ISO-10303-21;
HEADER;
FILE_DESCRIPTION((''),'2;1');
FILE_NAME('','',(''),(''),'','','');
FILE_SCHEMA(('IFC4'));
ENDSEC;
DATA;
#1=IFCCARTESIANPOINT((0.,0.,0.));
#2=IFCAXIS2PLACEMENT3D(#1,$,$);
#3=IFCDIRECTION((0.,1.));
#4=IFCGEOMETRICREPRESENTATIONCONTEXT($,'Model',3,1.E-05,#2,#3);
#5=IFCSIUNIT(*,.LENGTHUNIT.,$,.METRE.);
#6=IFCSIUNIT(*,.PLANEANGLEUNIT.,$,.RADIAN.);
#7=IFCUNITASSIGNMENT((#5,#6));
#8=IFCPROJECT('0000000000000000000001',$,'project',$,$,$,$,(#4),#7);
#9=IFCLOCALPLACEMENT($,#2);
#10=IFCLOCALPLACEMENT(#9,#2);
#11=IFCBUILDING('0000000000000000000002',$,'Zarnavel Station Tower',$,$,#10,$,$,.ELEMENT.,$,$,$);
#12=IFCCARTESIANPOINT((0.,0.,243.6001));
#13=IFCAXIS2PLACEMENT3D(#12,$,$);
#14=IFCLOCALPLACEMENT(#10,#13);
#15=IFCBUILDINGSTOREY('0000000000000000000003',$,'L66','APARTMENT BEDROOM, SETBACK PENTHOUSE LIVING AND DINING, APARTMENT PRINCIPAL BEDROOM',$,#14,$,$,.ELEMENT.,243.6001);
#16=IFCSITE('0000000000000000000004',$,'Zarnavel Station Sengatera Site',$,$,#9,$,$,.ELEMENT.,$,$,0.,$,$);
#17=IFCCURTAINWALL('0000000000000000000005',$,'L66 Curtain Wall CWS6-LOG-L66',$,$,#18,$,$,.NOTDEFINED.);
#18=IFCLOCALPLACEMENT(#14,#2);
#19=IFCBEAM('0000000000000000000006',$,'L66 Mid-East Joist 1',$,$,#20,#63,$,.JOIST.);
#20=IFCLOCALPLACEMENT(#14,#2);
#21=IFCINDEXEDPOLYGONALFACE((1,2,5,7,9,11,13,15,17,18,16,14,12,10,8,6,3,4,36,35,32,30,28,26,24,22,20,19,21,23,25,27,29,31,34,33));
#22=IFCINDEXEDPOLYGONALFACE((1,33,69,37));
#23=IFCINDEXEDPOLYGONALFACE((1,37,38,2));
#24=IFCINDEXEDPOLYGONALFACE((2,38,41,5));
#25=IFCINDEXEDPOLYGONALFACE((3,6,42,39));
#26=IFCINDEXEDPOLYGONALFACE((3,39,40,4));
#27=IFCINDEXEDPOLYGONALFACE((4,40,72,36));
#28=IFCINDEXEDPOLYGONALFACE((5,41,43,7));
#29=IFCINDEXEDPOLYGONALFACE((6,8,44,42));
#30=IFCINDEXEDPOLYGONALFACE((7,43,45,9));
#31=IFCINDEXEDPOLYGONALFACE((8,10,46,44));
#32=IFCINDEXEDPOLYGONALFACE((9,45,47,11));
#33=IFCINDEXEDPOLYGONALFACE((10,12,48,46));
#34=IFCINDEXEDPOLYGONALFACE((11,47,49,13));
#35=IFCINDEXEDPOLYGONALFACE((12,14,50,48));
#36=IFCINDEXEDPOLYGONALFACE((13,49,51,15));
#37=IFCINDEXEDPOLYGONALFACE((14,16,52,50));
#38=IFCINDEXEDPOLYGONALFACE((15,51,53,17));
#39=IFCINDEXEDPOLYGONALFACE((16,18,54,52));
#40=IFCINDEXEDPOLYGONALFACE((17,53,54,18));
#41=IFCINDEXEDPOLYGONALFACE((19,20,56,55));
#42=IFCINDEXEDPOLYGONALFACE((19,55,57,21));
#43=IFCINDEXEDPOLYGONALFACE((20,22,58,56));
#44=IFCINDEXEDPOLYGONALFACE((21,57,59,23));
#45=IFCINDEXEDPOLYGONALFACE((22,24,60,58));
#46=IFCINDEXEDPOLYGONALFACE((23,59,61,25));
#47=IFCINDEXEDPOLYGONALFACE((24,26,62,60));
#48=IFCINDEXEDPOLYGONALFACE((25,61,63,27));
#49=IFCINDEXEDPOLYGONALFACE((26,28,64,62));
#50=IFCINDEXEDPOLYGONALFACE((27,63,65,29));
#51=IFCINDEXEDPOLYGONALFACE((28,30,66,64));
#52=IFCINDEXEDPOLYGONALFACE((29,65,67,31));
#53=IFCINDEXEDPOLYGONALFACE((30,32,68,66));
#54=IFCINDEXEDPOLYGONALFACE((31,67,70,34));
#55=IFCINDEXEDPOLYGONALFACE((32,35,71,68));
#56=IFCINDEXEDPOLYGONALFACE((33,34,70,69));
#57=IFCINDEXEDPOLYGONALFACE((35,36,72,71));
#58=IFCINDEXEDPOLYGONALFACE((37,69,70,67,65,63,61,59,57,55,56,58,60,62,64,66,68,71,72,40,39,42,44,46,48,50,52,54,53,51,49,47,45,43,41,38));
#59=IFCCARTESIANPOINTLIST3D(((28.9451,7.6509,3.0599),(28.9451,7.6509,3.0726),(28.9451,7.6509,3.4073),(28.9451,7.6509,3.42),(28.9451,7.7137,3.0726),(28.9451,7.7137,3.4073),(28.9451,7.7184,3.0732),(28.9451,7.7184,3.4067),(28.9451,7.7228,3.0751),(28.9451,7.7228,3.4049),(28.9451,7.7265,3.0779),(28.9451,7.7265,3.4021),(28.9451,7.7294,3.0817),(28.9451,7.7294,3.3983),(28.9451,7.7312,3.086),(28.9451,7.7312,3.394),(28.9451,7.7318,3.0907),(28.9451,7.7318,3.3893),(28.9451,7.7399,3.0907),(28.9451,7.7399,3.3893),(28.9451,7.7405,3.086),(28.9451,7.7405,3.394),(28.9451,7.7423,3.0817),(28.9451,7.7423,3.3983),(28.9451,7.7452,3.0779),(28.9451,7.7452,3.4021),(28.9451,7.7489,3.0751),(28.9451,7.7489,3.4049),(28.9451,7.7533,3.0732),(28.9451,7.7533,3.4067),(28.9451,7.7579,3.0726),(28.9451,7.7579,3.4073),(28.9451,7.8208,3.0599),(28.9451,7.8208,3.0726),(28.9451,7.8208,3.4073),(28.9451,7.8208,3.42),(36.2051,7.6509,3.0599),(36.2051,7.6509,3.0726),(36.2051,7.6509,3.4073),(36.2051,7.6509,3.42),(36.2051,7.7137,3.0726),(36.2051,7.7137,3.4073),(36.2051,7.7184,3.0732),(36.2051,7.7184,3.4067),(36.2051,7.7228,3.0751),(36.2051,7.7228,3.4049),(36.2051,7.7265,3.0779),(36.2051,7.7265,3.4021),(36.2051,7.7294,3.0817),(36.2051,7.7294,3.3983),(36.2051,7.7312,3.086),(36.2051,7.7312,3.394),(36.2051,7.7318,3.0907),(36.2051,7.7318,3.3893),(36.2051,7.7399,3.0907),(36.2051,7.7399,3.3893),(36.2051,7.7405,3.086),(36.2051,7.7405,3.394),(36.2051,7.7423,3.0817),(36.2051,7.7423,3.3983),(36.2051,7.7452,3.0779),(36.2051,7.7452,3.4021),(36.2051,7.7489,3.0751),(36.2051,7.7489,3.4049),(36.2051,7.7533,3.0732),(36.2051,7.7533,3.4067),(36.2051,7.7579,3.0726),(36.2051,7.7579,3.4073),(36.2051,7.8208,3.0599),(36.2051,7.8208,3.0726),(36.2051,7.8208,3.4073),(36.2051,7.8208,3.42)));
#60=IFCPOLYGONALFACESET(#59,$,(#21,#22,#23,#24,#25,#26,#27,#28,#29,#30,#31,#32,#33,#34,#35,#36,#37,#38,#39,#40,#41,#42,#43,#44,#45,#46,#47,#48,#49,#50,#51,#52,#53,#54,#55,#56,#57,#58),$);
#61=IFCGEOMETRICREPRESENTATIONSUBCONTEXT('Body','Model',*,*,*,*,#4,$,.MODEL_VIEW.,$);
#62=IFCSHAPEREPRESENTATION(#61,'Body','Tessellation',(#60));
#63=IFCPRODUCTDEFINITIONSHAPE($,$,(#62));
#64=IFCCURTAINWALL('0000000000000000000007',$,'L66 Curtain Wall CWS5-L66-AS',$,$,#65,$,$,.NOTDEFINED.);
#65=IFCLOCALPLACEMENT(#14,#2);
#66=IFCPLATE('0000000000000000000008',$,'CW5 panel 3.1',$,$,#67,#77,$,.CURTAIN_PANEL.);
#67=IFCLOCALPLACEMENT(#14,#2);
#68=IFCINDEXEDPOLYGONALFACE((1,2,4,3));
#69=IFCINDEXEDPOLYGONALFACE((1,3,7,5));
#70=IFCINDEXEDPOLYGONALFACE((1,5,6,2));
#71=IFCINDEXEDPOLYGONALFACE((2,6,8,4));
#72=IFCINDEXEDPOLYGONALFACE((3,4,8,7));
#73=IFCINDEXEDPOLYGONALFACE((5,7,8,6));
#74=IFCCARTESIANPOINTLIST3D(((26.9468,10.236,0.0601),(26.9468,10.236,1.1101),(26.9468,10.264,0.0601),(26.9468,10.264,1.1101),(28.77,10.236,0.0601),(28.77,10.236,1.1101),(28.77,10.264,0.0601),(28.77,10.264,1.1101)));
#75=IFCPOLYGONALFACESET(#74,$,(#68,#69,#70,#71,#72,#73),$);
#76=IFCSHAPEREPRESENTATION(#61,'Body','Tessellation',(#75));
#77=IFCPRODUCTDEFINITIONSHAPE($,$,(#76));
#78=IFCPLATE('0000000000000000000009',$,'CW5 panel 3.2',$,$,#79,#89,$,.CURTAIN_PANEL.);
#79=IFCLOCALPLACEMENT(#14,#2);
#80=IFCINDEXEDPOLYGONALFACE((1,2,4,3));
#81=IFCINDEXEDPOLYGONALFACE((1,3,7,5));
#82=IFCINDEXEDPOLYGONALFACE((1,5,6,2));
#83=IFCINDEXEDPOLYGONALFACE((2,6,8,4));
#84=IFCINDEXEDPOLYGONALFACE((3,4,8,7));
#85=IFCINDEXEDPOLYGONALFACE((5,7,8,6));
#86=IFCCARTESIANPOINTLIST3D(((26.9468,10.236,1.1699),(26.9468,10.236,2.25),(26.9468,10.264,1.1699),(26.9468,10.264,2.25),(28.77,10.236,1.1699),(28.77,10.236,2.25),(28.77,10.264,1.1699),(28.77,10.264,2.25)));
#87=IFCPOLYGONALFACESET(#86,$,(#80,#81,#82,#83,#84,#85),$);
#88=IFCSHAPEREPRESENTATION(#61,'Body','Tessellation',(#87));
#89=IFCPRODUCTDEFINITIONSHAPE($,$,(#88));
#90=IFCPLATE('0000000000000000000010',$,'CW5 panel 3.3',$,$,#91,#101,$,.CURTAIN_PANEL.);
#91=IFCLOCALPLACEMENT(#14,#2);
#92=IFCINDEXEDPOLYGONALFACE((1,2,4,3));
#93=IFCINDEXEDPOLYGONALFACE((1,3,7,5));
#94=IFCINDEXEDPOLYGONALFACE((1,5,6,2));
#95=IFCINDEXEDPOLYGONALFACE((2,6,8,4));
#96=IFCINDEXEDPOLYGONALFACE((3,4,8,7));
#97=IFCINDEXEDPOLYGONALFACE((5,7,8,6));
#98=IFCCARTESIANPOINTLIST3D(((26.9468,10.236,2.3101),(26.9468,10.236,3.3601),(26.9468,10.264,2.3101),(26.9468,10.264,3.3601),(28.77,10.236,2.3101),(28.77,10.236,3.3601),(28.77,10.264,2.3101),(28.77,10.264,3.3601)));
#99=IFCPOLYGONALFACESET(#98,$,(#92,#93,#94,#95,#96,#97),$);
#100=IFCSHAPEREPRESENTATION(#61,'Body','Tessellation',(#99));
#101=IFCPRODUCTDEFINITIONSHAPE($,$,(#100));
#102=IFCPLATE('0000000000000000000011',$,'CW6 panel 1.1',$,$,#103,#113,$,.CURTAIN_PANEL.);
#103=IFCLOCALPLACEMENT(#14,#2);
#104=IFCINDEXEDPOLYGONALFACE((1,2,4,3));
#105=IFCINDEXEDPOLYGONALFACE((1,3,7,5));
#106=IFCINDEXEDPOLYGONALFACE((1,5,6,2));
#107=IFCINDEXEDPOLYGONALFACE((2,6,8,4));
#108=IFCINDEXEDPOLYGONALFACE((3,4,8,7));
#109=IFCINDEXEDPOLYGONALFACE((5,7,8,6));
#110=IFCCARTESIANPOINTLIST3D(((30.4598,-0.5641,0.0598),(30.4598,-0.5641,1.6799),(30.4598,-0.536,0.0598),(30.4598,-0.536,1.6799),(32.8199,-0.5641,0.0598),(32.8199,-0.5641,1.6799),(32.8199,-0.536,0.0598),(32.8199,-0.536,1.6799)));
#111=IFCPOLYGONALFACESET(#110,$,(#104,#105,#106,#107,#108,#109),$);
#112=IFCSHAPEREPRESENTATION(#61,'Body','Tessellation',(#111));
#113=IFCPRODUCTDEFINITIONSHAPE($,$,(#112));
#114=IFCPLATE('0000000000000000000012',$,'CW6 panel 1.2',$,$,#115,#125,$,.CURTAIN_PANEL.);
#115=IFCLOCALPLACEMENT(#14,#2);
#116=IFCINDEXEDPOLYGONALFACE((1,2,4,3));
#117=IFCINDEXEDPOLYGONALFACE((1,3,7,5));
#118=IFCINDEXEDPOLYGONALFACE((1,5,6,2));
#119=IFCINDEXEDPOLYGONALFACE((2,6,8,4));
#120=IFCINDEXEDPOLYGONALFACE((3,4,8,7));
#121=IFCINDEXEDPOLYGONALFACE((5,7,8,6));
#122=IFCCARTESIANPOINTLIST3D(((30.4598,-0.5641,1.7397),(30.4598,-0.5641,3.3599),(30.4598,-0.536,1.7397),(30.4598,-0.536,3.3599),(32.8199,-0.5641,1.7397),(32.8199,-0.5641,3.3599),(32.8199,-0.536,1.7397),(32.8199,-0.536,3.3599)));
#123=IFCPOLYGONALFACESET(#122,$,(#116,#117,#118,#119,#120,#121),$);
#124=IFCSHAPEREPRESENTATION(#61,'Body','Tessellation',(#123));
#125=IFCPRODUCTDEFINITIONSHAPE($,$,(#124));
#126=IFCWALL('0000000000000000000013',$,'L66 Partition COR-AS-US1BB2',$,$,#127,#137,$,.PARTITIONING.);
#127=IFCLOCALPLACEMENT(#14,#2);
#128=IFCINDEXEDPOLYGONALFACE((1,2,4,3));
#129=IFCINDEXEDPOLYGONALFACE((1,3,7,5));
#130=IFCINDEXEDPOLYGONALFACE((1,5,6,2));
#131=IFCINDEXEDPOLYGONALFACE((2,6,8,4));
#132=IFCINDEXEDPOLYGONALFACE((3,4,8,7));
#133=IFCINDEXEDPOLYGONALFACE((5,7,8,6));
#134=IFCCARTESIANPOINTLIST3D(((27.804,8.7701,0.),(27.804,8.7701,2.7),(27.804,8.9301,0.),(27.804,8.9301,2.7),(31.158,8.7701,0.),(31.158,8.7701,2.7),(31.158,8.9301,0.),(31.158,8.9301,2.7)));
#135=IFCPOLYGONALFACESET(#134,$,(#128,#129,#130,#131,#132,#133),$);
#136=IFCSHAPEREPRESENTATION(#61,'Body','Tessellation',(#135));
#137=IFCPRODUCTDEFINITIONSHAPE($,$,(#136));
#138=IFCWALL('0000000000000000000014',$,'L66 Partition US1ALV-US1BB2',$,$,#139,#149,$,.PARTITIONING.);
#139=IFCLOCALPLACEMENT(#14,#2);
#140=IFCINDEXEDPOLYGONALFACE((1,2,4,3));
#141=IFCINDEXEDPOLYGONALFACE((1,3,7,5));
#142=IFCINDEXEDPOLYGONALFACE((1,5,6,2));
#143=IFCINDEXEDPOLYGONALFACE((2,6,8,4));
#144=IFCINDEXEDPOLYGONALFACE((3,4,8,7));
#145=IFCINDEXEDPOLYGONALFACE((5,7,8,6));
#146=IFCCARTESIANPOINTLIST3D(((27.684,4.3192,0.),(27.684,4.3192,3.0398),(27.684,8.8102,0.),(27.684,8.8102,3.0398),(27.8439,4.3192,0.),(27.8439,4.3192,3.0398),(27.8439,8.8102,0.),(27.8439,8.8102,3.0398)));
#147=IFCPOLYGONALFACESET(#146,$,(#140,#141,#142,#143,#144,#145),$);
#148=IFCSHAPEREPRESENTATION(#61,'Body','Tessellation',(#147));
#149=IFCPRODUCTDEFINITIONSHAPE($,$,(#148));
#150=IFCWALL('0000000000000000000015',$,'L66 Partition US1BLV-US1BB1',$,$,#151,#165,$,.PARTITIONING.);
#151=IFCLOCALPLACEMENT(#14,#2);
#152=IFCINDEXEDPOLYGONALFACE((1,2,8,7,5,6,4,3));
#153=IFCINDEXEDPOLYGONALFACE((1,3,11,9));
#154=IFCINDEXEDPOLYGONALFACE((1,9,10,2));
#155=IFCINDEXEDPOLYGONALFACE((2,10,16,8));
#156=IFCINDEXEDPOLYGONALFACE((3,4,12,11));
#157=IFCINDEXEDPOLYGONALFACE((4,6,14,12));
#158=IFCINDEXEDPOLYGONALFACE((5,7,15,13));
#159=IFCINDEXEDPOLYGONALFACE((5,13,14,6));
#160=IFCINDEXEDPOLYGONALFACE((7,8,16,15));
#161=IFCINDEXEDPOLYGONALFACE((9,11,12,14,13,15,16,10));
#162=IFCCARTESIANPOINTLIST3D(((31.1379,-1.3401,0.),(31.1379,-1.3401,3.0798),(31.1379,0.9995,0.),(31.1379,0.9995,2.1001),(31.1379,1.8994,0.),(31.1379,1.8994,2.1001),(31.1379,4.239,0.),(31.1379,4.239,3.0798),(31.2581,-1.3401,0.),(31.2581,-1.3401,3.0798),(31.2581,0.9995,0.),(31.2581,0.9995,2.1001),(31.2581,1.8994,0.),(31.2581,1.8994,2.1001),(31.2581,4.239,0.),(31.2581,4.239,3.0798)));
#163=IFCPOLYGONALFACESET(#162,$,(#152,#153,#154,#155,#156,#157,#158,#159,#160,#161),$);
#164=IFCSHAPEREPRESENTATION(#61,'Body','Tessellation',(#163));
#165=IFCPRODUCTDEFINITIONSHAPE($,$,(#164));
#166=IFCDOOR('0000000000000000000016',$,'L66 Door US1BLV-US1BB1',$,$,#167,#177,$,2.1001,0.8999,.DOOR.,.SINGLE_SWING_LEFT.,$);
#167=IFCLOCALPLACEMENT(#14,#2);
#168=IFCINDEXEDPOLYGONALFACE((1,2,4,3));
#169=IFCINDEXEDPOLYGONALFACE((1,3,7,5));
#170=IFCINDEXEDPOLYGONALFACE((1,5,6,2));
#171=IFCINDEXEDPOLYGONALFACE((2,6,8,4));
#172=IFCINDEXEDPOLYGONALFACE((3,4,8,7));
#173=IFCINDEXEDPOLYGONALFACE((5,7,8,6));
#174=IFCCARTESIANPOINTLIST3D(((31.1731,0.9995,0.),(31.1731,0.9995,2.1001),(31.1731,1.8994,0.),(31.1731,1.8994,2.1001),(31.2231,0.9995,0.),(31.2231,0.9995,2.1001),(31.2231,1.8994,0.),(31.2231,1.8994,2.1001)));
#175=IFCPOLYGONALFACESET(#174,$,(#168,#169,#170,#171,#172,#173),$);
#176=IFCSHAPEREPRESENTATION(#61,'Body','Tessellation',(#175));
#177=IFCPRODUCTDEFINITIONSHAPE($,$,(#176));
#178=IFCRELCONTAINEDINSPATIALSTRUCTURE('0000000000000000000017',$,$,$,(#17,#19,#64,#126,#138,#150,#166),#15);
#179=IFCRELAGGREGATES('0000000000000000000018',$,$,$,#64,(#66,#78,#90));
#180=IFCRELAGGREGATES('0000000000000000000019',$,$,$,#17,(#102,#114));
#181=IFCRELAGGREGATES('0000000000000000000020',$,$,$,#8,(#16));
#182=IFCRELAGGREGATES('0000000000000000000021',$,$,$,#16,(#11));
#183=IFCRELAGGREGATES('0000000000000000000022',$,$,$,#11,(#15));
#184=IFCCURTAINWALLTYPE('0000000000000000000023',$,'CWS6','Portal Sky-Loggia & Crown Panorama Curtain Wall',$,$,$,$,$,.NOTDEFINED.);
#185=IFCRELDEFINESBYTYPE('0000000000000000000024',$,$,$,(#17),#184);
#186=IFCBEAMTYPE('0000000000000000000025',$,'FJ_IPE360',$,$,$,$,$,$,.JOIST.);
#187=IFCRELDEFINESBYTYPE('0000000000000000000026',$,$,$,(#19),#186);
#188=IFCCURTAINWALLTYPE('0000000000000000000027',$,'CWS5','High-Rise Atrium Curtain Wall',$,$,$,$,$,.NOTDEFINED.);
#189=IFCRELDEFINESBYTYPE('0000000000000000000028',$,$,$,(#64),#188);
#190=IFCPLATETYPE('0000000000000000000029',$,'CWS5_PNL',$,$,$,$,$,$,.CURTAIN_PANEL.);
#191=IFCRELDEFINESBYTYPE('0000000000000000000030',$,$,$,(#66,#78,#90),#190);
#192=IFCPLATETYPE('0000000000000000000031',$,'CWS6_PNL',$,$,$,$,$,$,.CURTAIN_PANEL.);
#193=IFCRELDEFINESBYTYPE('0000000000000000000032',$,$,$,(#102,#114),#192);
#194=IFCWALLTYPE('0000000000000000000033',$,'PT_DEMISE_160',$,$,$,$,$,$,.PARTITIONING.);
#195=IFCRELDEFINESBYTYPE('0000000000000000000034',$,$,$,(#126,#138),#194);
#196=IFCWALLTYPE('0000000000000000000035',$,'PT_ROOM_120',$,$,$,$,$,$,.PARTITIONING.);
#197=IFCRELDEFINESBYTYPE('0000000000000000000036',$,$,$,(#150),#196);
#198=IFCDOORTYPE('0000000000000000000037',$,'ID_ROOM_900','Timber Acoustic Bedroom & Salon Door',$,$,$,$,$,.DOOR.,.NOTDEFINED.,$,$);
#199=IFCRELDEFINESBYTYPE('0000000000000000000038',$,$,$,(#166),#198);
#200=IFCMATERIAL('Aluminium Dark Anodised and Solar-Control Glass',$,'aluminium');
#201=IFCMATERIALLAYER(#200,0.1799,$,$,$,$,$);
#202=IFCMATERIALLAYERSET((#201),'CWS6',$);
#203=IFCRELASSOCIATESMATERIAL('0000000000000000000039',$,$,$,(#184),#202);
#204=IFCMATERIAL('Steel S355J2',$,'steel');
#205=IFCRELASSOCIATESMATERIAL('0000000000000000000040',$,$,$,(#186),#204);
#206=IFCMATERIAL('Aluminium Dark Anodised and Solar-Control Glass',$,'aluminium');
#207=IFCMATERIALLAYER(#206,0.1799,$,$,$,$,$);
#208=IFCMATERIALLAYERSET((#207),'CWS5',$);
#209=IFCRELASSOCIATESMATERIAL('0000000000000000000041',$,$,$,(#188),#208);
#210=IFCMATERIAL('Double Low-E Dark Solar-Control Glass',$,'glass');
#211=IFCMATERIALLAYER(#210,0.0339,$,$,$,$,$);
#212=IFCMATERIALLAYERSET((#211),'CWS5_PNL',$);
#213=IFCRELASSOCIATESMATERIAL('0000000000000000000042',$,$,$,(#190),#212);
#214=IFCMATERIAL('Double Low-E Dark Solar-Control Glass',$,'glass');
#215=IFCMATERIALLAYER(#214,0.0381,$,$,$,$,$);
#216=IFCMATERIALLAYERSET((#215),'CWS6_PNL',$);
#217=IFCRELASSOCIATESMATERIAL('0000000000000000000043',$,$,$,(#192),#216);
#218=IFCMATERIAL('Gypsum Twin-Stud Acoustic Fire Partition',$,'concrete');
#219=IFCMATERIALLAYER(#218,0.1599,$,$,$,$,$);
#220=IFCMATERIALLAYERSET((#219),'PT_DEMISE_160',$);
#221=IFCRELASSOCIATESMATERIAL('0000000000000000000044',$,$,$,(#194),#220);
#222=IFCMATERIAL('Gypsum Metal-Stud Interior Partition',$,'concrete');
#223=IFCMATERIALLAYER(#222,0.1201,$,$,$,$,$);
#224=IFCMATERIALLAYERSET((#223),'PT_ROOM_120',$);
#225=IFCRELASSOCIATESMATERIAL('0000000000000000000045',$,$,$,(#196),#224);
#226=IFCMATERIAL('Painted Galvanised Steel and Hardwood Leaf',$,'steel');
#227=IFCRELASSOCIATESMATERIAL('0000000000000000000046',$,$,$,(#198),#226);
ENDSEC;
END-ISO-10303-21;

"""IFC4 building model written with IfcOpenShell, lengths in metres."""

from ifc_helpers import new_model, si_unit, direction, frame, frame_2d, origin, origin_2d, place, context, subcontext, project, spatial, rectangle, i_section, extrude, material, layer, layer_set, material_profile, profile_set, type_object, element, fill, aggregate, save


model = new_model("IFC4")

# Units and contexts
model_context = context("Model", 3, precision=1e-05, world=origin(), true_north=direction((0.0, 1.0)))
body_context = subcontext(model_context, "Body", "Model", "MODEL_VIEW")
ifc_project = project(units=[si_unit("LENGTHUNIT", "METRE"), si_unit("PLANEANGLEUNIT", "RADIAN")], contexts=[model_context])

# Site, building, storey
site_placement = place(None, origin())
site = spatial("IfcSite", under=ifc_project, at=site_placement, Name="Zarnavel Station Sengatera Site", CompositionType="ELEMENT", RefElevation=0.0)
building_placement = place(site_placement, origin())
building = spatial("IfcBuilding", under=site, at=building_placement, Name="Zarnavel Station Tower", CompositionType="ELEMENT")
storey_placement = place(building_placement, frame((0.0, 0.0, 243.6001)))
storey = spatial("IfcBuildingStorey", under=building, at=storey_placement, Name="L66", Description="APARTMENT BEDROOM, SETBACK PENTHOUSE LIVING AND DINING, APARTMENT PRINCIPAL BEDROOM", CompositionType="ELEMENT", Elevation=243.6001)

# Curtain wall
ifc_material_1 = material(Name="Aluminium Dark Anodised and Solar-Control Glass", Category="aluminium")
ifc_layer_1 = layer(ifc_material_1, 0.1799)
ifc_layer_set_1 = layer_set([ifc_layer_1], Name="CWS6")
curtain_wall_type_1 = type_object("IfcCurtainWallType", Name="CWS6", Description="Portal Sky-Loggia & Crown Panorama Curtain Wall", PredefinedType="NOTDEFINED", material=ifc_layer_set_1)
curtain_wall_1_placement = place(storey_placement, origin())
curtain_wall_1 = element("IfcCurtainWall", 1, at=curtain_wall_1_placement, inside=storey, type_object=curtain_wall_type_1, Name="L66 Curtain Wall CWS6-LOG-L66", PredefinedType="NOTDEFINED")

# Beam
ifc_material_2 = material(Name="Steel S355J2", Category="steel")
ifc_material_profile_1 = material_profile(ifc_material_2, i_section(OverallWidth=0.1699, OverallDepth=0.3601, WebThickness=0.0081, FlangeThickness=0.0127, FilletRadius=0.0181, at=origin_2d()), Name="IPE360")
ifc_profile_set_1 = profile_set([ifc_material_profile_1], Name="Steel S355J2")
beam_type_1 = type_object("IfcBeamType", Name="FJ_IPE360", PredefinedType="JOIST", material=ifc_profile_set_1)
beam_1_placement = place(storey_placement, frame((28.9451, 7.7358, 3.24), z_axis=(1.0, 0.0, 0.0), x_axis=(0.0, 1.0, 0.0)))
element("IfcBeam", 2, at=beam_1_placement, inside=storey, type_object=beam_type_1, Name="L66 Mid-East Joist 1", PredefinedType="JOIST", context=body_context, shape_type="SweptSolid", body=[
    extrude(i_section(OverallWidth=0.1699, OverallDepth=0.3601, WebThickness=0.0081, FlangeThickness=0.0127, FilletRadius=0.0181, at=origin_2d()), origin(), (0.0, 0.0, 1.0), 7.26),
])

# Curtain wall, plates
ifc_material_3 = material(Name="Aluminium Dark Anodised and Solar-Control Glass", Category="aluminium")
ifc_layer_2 = layer(ifc_material_3, 0.1799)
ifc_layer_set_2 = layer_set([ifc_layer_2], Name="CWS5")
curtain_wall_type_2 = type_object("IfcCurtainWallType", Name="CWS5", Description="High-Rise Atrium Curtain Wall", PredefinedType="NOTDEFINED", material=ifc_layer_set_2)
curtain_wall_2_placement = place(storey_placement, origin())
curtain_wall_2 = element("IfcCurtainWall", 3, at=curtain_wall_2_placement, inside=storey, type_object=curtain_wall_type_2, Name="L66 Curtain Wall CWS5-L66-AS", PredefinedType="NOTDEFINED")
ifc_material_4 = material(Name="Double Low-E Dark Solar-Control Glass", Category="glass")
ifc_layer_3 = layer(ifc_material_4, 0.0339)
ifc_layer_set_3 = layer_set([ifc_layer_3], Name="CWS5_PNL")
plate_type_1 = type_object("IfcPlateType", Name="CWS5_PNL", PredefinedType="CURTAIN_PANEL", material=ifc_layer_set_3)
plate_1_placement = place(storey_placement, frame((27.8584, 10.25, 0.0601), z_axis=(0.0, 0.0, 1.0), x_axis=(1.0, 0.0, 0.0)))
plate_1 = element("IfcPlate", 4, at=plate_1_placement, type_object=plate_type_1, Name="CW5 panel 3.1", PredefinedType="CURTAIN_PANEL", context=body_context, shape_type="SweptSolid", body=[
    extrude(rectangle(XDim=1.8232, YDim=0.0281, at=origin_2d()), origin(), (0.0, 0.0, 1.0), 1.05),
])
plate_2_placement = place(storey_placement, frame((27.8584, 10.25, 1.1699), z_axis=(0.0, 0.0, 1.0), x_axis=(1.0, 0.0, 0.0)))
plate_2 = element("IfcPlate", 5, at=plate_2_placement, type_object=plate_type_1, Name="CW5 panel 3.2", PredefinedType="CURTAIN_PANEL", context=body_context, shape_type="SweptSolid", body=[
    extrude(rectangle(XDim=1.8232, YDim=0.0281, at=origin_2d()), origin(), (0.0, 0.0, 1.0), 1.0801),
])
plate_3_placement = place(storey_placement, frame((27.8584, 10.25, 2.3101), z_axis=(0.0, 0.0, 1.0), x_axis=(1.0, 0.0, 0.0)))
plate_3 = element("IfcPlate", 6, at=plate_3_placement, type_object=plate_type_1, Name="CW5 panel 3.3", PredefinedType="CURTAIN_PANEL", context=body_context, shape_type="SweptSolid", body=[
    extrude(rectangle(XDim=1.8232, YDim=0.0281, at=origin_2d()), origin(), (0.0, 0.0, 1.0), 1.05),
])
aggregate(curtain_wall_2, [plate_1, plate_2, plate_3])

# Plates
ifc_material_5 = material(Name="Double Low-E Dark Solar-Control Glass", Category="glass")
ifc_layer_4 = layer(ifc_material_5, 0.0381)
ifc_layer_set_4 = layer_set([ifc_layer_4], Name="CWS6_PNL")
plate_type_2 = type_object("IfcPlateType", Name="CWS6_PNL", PredefinedType="CURTAIN_PANEL", material=ifc_layer_set_4)
plate_4_placement = place(storey_placement, frame((31.6399, -0.55, 0.0598), z_axis=(0.0, 0.0, 1.0), x_axis=(1.0, 0.0, 0.0)))
plate_4 = element("IfcPlate", 7, at=plate_4_placement, type_object=plate_type_2, Name="CW6 panel 1.1", PredefinedType="CURTAIN_PANEL", context=body_context, shape_type="SweptSolid", body=[
    extrude(rectangle(XDim=2.3601, YDim=0.0281, at=origin_2d()), origin(), (0.0, 0.0, 1.0), 1.6201),
])
plate_5_placement = place(storey_placement, frame((31.6399, -0.55, 1.7397), z_axis=(0.0, 0.0, 1.0), x_axis=(1.0, 0.0, 0.0)))
plate_5 = element("IfcPlate", 8, at=plate_5_placement, type_object=plate_type_2, Name="CW6 panel 1.2", PredefinedType="CURTAIN_PANEL", context=body_context, shape_type="SweptSolid", body=[
    extrude(rectangle(XDim=2.3601, YDim=0.0281, at=origin_2d()), origin(), (0.0, 0.0, 1.0), 1.6201),
])
aggregate(curtain_wall_1, [plate_4, plate_5])

# Shared definitions
ifc_material_6 = material(Name="Gypsum Twin-Stud Acoustic Fire Partition", Category="concrete")
ifc_layer_5 = layer(ifc_material_6, 0.1599)
ifc_layer_set_5 = layer_set([ifc_layer_5], Name="PT_DEMISE_160")
wall_type_1 = type_object("IfcWallType", Name="PT_DEMISE_160", PredefinedType="PARTITIONING", material=ifc_layer_set_5)

# Walls
wall_1_placement = place(storey_placement, frame((27.804, 8.8501, 0.0), z_axis=(0.0, 0.0, 1.0), x_axis=(1.0, 0.0, 0.0)))
element("IfcWall", 9, at=wall_1_placement, inside=storey, type_object=wall_type_1, Name="L66 Partition COR-AS-US1BB2", PredefinedType="PARTITIONING", context=body_context, shape_type="SweptSolid", body=[
    extrude(rectangle(XDim=3.354, YDim=0.1599, at=frame_2d((1.677, 0.0))), origin(), (0.0, 0.0, 1.0), 2.7),
])
wall_2_placement = place(storey_placement, frame((27.7639, 4.3191, 0.0), z_axis=(0.0, 0.0, 1.0), x_axis=(0.0, 1.0, 0.0)))
element("IfcWall", 10, at=wall_2_placement, inside=storey, type_object=wall_type_1, Name="L66 Partition US1ALV-US1BB2", PredefinedType="PARTITIONING", context=body_context, shape_type="SweptSolid", body=[
    extrude(rectangle(XDim=4.491, YDim=0.1599, at=frame_2d((2.2456, 0.0))), origin(), (0.0, 0.0, 1.0), 3.0398),
])

# Wall, opening, door
ifc_material_7 = material(Name="Gypsum Metal-Stud Interior Partition", Category="concrete")
ifc_layer_6 = layer(ifc_material_7, 0.1201)
ifc_layer_set_6 = layer_set([ifc_layer_6], Name="PT_ROOM_120")
wall_type_2 = type_object("IfcWallType", Name="PT_ROOM_120", PredefinedType="PARTITIONING", material=ifc_layer_set_6)
wall_3_placement = place(storey_placement, frame((31.198, -1.3401, 0.0), z_axis=(0.0, 0.0, 1.0), x_axis=(0.0, 1.0, 0.0)))
wall_3 = element("IfcWall", 11, at=wall_3_placement, inside=storey, type_object=wall_type_2, Name="L66 Partition US1BLV-US1BB1", PredefinedType="PARTITIONING", context=body_context, shape_type="SweptSolid", body=[
    extrude(rectangle(XDim=5.5791, YDim=0.1201, at=frame_2d((2.7896, 0.0))), origin(), (0.0, 0.0, 1.0), 3.0798),
])
opening_1_placement = place(wall_3_placement, frame((2.3396, 0.0, 0.0)))
opening_1 = element("IfcOpeningElement", 12, at=opening_1_placement, cuts=wall_3, PredefinedType="OPENING", context=body_context, shape_type="SweptSolid", body=[
    extrude(rectangle(XDim=0.8999, YDim=2.1001, at=frame_2d((0.45, 1.05))), frame((0.0, 0.0701, 0.0), z_axis=(0.0, -1.0, 0.0), x_axis=(1.0, 0.0, 0.0)), (0.0, 0.0, 1.0), 0.1401),
])
ifc_material_8 = material(Name="Painted Galvanised Steel and Hardwood Leaf", Category="steel")
door_type_1 = type_object("IfcDoorType", Name="ID_ROOM_900", Description="Timber Acoustic Bedroom & Salon Door", OperationType="NOTDEFINED", PredefinedType="DOOR", material=ifc_material_8)
door_1_placement = place(opening_1_placement, origin())
door_1 = element("IfcDoor", 13, at=door_1_placement, inside=storey, type_object=door_type_1, Name="L66 Door US1BLV-US1BB1", OperationType="SINGLE_SWING_LEFT", OverallHeight=2.1001, OverallWidth=0.8999, PredefinedType="DOOR", context=body_context, shape_type="SweptSolid", body=[
    extrude(rectangle(XDim=0.8999, YDim=2.1001, at=frame_2d((0.45, 1.05))), frame((0.0, 0.0249, 0.0), z_axis=(0.0, -1.0, 0.0), x_axis=(1.0, 0.0, 0.0)), (0.0, 0.0, 1.0), 0.05),
])
fill(opening_1, door_1)

save(model, "model.ifc")
